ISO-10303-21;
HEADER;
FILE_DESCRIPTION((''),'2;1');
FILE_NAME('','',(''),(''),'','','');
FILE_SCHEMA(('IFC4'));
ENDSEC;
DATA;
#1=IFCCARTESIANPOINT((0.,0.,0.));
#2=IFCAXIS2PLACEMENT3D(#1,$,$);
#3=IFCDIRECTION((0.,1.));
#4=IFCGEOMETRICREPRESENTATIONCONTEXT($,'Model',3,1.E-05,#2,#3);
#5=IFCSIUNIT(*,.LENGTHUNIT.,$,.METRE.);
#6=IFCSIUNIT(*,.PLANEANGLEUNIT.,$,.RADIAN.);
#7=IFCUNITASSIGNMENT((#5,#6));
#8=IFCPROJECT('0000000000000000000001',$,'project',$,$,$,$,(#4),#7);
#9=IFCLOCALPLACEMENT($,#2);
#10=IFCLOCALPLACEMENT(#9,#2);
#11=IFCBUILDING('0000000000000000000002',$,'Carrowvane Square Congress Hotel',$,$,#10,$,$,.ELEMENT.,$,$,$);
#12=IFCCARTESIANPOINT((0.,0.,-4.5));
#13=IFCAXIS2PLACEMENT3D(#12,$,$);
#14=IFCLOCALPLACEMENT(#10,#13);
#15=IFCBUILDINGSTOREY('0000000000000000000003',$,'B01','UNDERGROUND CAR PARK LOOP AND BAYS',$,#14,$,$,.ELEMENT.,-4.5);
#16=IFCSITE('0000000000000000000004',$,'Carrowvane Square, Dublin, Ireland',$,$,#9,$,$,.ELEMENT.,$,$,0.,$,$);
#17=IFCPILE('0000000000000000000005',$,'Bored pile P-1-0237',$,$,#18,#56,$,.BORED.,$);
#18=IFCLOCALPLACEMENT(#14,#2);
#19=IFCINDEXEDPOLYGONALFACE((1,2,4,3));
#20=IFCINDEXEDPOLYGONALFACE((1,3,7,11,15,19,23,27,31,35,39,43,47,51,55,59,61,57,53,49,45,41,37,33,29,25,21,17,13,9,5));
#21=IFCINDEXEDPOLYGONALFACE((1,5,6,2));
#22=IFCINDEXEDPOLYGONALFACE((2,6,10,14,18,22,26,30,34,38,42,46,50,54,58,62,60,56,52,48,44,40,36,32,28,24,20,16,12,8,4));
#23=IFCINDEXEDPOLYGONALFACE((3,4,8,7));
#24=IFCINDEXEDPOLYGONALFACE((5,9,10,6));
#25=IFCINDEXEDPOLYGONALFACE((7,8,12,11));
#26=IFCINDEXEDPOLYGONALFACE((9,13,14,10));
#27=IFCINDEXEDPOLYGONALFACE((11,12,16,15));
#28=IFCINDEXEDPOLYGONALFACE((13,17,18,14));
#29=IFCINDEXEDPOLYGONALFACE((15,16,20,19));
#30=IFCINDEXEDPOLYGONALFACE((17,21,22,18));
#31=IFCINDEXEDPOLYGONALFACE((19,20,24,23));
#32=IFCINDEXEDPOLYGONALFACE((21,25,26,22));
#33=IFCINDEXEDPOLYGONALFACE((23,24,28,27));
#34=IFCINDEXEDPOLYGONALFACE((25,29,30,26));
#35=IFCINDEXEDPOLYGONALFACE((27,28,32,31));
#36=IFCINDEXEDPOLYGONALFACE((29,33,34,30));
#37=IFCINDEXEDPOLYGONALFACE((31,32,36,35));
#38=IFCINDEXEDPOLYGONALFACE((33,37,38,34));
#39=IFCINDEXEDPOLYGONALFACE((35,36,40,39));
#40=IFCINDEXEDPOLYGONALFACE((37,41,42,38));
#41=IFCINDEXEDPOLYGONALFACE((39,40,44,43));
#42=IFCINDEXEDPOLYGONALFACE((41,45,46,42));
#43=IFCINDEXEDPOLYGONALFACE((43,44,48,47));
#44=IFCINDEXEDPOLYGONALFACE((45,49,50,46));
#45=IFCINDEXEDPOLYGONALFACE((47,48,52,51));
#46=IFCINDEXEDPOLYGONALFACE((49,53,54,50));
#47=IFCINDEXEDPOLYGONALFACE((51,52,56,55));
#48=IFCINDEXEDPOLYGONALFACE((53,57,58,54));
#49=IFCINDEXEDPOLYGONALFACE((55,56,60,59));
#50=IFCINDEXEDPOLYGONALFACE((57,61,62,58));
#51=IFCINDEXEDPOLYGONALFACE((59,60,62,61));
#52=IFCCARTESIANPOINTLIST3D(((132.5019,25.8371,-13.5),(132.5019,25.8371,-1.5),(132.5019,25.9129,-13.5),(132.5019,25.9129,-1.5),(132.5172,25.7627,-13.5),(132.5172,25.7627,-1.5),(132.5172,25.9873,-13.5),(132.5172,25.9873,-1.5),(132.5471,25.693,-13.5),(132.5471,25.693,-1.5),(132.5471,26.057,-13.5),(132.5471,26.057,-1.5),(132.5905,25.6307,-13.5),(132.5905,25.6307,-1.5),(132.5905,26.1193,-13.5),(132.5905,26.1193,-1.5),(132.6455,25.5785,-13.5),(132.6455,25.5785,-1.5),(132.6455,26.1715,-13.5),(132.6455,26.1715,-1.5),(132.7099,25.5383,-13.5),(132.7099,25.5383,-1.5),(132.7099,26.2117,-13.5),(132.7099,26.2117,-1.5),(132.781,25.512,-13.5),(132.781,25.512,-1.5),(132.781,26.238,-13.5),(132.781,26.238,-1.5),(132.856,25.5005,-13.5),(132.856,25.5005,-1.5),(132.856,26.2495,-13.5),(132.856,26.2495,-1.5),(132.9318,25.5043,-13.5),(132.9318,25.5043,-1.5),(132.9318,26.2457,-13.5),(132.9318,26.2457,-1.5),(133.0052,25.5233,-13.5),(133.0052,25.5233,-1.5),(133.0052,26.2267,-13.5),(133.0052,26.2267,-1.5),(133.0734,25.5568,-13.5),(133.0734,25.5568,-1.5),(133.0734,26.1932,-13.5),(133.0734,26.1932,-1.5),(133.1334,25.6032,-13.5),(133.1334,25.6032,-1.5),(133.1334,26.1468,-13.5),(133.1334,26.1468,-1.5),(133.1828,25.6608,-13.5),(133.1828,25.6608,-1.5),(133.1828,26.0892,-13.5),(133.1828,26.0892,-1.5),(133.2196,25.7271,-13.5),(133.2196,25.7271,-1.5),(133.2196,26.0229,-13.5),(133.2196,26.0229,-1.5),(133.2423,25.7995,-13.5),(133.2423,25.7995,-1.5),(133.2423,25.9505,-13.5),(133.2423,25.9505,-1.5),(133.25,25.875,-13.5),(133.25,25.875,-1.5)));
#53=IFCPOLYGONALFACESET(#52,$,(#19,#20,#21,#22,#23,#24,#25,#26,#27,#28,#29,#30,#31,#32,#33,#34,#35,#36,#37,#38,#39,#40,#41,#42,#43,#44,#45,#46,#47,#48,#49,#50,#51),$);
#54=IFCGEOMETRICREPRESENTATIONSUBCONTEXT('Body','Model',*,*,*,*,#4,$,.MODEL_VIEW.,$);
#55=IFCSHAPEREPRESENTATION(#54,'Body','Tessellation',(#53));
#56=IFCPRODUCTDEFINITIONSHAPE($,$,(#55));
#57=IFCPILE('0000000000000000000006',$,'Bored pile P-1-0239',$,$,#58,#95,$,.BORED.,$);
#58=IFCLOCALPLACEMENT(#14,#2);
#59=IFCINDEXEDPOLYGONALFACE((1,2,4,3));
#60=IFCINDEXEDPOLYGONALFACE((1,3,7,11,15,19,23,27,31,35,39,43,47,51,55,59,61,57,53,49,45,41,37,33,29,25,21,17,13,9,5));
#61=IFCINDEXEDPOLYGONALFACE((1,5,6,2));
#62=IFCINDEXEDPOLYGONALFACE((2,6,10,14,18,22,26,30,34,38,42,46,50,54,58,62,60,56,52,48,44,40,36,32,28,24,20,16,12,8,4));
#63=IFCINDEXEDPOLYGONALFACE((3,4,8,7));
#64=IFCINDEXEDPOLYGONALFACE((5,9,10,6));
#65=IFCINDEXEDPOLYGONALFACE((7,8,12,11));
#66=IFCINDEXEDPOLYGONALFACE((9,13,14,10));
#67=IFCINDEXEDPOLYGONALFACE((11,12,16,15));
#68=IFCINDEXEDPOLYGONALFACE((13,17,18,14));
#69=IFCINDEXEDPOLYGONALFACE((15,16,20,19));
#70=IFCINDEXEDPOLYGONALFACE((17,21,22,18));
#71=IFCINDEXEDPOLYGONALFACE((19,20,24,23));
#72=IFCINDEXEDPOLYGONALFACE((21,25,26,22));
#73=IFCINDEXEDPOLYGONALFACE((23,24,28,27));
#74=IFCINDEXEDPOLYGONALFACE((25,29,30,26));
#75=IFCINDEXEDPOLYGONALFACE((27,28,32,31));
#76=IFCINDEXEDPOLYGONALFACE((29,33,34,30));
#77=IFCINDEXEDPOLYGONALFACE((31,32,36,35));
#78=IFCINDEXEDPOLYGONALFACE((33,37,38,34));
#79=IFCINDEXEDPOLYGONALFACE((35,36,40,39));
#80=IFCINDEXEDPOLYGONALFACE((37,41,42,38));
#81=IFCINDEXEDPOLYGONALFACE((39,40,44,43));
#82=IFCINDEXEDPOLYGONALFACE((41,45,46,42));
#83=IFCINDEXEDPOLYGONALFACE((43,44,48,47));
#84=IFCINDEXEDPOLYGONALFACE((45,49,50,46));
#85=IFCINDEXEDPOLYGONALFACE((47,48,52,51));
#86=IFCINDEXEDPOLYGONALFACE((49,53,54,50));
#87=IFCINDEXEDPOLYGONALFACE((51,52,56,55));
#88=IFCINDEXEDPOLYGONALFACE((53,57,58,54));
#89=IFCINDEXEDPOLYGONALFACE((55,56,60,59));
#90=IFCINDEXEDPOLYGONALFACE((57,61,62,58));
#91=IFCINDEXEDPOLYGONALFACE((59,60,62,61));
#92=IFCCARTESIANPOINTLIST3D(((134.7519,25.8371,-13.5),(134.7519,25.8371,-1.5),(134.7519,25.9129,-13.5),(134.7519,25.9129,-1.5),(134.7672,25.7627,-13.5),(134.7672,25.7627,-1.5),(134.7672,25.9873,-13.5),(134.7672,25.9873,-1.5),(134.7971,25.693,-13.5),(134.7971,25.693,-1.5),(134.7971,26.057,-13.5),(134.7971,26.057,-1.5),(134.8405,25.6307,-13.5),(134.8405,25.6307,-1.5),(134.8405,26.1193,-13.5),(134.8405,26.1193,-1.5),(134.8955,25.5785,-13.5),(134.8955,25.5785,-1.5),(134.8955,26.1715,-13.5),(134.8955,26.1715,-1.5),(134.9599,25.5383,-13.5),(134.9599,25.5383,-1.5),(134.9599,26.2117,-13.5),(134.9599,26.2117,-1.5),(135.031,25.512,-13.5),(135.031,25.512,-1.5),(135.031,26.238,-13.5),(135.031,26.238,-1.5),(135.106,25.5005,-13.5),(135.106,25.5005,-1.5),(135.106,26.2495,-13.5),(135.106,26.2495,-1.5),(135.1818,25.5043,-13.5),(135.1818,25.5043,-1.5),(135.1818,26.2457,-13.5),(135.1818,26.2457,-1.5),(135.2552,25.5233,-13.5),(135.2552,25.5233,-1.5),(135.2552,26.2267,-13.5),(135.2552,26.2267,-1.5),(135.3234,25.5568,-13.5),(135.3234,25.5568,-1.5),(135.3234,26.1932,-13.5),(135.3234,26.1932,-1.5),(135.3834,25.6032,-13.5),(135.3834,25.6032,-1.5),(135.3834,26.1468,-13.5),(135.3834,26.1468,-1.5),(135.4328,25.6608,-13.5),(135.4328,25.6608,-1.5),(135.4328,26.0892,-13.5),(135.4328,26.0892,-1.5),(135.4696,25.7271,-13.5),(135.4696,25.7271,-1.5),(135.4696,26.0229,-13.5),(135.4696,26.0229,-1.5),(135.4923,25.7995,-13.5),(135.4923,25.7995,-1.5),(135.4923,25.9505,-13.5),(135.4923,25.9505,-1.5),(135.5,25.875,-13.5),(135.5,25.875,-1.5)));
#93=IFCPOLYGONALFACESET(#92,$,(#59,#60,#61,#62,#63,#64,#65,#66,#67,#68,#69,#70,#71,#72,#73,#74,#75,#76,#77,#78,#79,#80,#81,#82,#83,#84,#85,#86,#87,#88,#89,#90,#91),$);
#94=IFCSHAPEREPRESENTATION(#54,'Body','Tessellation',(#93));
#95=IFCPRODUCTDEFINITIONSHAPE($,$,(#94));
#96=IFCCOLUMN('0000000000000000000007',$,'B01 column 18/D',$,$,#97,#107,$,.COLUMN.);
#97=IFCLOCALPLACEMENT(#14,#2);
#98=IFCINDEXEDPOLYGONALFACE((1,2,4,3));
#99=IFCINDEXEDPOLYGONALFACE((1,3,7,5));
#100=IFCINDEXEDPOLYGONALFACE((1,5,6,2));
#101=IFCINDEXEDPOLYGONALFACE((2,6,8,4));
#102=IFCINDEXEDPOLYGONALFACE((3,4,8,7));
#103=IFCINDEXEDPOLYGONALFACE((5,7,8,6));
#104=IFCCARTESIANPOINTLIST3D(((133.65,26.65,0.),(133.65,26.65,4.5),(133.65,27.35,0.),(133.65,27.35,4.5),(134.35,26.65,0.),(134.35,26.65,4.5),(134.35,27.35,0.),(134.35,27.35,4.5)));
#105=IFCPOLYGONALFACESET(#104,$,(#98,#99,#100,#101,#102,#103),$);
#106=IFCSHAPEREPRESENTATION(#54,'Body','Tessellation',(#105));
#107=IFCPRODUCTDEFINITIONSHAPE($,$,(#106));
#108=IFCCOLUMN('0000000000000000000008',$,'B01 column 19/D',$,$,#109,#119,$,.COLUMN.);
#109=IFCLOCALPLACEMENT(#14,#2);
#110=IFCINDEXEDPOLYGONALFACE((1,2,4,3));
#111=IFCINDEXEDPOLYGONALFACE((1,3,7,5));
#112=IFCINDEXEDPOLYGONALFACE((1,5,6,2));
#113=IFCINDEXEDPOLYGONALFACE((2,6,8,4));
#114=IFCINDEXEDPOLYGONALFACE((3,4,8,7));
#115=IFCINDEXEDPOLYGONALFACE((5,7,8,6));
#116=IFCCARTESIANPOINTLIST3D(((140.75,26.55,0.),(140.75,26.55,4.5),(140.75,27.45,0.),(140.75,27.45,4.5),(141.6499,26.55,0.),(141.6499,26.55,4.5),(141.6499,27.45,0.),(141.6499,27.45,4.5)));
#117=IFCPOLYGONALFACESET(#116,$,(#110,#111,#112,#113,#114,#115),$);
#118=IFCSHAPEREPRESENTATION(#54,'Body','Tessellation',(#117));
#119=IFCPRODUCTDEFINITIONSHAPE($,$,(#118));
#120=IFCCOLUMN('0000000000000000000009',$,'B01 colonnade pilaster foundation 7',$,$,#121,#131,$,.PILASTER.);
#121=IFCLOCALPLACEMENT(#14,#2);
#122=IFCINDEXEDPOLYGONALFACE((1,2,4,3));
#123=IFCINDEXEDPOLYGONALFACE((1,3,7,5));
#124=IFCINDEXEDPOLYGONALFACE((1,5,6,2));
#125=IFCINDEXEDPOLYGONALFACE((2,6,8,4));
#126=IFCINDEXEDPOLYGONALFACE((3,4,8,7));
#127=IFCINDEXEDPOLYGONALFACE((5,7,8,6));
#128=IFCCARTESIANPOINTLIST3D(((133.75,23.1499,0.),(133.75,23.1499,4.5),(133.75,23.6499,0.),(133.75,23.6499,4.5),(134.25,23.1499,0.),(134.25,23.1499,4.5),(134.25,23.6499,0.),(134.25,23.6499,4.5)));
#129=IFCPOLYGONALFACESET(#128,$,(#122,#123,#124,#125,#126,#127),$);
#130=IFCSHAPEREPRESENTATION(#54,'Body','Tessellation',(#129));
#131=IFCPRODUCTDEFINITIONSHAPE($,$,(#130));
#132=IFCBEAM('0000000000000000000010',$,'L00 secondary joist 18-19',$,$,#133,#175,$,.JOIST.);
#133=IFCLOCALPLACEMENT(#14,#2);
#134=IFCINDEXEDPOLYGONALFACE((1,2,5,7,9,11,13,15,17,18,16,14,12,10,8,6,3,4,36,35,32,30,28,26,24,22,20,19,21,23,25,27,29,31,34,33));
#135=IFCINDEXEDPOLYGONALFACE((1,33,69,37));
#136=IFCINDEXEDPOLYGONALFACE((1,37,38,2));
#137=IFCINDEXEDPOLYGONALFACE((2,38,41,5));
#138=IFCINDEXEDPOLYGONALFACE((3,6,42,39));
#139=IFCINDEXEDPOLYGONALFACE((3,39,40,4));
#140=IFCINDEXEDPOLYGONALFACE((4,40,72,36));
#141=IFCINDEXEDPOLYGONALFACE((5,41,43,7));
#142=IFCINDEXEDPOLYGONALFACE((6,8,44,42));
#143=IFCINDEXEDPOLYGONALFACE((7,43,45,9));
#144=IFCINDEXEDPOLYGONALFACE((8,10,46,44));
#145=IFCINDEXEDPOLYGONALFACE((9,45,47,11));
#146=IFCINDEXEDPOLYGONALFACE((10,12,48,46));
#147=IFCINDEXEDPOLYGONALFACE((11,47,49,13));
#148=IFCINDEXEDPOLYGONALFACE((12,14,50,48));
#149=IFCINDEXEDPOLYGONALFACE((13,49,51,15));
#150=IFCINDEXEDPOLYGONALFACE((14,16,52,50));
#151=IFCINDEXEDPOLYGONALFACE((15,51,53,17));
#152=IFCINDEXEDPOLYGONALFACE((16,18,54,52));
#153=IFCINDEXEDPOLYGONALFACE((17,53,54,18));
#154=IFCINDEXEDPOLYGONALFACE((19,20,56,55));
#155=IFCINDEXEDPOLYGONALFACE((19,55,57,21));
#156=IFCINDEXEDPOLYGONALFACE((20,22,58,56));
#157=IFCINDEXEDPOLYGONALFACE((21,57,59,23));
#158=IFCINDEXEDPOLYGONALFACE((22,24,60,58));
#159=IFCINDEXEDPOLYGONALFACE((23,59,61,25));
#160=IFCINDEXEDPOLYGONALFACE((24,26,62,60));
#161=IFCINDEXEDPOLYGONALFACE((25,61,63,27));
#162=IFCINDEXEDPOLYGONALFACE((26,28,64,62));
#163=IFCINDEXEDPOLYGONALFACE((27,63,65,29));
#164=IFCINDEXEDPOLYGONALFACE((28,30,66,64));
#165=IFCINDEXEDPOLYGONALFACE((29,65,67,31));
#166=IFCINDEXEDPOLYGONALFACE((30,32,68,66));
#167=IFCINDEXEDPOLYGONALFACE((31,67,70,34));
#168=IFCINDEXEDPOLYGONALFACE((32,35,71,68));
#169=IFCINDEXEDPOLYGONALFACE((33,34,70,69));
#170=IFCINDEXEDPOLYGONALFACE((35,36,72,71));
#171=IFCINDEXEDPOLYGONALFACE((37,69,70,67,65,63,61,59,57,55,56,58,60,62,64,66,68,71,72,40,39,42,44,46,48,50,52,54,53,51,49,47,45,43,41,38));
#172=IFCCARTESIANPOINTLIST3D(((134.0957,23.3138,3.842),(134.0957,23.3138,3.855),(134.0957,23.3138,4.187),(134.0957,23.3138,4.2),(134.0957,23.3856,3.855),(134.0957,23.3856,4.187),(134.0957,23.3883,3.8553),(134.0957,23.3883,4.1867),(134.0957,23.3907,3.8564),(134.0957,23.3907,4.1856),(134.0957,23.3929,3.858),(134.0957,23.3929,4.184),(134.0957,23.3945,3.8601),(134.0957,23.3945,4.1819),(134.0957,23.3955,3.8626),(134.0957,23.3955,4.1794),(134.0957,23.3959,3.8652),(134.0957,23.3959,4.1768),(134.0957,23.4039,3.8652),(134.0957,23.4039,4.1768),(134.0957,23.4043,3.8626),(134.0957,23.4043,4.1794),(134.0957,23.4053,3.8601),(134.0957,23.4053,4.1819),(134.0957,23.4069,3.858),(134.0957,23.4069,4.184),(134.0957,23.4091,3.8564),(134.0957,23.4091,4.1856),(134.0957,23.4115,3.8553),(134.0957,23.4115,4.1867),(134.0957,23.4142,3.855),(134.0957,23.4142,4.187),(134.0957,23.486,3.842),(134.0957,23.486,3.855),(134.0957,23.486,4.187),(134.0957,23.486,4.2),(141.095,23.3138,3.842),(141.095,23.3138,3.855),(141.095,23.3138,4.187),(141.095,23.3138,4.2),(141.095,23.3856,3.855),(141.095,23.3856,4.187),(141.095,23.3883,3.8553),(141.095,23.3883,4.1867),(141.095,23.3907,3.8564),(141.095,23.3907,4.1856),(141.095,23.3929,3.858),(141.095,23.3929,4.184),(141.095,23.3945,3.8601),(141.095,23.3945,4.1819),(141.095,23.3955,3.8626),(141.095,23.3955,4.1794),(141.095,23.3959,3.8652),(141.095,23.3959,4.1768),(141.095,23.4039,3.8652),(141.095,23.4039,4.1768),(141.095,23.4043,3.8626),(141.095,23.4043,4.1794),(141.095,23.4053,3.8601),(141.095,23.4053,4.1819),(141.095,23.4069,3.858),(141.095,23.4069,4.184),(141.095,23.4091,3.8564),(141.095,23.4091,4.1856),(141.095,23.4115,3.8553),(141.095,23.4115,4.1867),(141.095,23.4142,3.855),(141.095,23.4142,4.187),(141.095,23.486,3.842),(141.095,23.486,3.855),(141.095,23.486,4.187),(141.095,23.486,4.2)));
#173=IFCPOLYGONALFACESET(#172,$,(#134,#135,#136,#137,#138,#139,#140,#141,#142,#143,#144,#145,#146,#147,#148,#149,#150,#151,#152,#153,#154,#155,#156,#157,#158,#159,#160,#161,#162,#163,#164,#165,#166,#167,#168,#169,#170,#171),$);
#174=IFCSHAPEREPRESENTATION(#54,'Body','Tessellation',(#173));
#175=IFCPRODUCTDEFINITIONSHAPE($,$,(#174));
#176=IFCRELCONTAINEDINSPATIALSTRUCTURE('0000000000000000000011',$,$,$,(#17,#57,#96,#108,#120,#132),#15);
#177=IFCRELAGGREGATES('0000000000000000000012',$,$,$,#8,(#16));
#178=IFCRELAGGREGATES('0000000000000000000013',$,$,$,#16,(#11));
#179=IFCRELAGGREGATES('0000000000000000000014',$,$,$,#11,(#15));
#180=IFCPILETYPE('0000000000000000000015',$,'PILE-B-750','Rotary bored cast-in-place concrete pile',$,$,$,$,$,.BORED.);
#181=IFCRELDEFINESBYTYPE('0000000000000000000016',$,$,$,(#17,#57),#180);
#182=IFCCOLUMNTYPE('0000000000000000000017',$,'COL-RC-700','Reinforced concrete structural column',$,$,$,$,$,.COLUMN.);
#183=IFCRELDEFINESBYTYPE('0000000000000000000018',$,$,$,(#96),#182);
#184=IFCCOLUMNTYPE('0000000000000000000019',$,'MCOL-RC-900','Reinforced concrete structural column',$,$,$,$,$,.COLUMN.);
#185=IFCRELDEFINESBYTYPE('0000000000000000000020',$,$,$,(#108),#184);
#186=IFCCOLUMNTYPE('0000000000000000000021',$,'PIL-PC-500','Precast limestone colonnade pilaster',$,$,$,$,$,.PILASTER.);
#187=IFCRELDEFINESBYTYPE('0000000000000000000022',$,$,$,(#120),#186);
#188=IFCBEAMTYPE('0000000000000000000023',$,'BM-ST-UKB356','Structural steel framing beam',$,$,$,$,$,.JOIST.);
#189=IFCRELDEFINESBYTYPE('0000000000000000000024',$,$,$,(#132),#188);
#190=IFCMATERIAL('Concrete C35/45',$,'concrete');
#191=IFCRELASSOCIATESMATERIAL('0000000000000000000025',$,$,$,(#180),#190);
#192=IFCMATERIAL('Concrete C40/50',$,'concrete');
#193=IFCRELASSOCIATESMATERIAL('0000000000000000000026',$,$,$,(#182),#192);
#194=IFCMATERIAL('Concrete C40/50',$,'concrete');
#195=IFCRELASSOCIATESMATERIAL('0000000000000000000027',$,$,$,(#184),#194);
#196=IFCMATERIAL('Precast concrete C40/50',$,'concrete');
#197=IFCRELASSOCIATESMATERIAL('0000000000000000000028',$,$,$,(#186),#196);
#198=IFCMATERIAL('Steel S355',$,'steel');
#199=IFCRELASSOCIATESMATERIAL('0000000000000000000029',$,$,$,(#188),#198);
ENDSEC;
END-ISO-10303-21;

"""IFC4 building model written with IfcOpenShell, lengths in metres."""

from ifc_helpers import new_model, si_unit, direction, frame, origin, origin_2d, place, context, subcontext, project, spatial, rectangle, circle, i_section, extrude, material, material_profile, profile_set, type_object, element, save


model = new_model("IFC4")

# Units and contexts
model_context = context("Model", 3, precision=1e-05, world=origin(), true_north=direction((0.0, 1.0)))
body_context = subcontext(model_context, "Body", "Model", "MODEL_VIEW")
ifc_project = project(units=[si_unit("LENGTHUNIT", "METRE"), si_unit("PLANEANGLEUNIT", "RADIAN")], contexts=[model_context])

# Site, building, storey
site_placement = place(None, origin())
site = spatial("IfcSite", under=ifc_project, at=site_placement, Name="Carrowvane Square, Dublin, Ireland", CompositionType="ELEMENT", RefElevation=0.0)
building_placement = place(site_placement, origin())
building = spatial("IfcBuilding", under=site, at=building_placement, Name="Carrowvane Square Congress Hotel", CompositionType="ELEMENT")
storey_placement = place(building_placement, frame((0.0, 0.0, -4.5)))
storey = spatial("IfcBuildingStorey", under=building, at=storey_placement, Name="B01", Description="UNDERGROUND CAR PARK LOOP AND BAYS", CompositionType="ELEMENT", Elevation=-4.5)

# Piles
ifc_material_1 = material(Name="Concrete C35/45", Category="concrete")
ifc_material_profile_1 = material_profile(ifc_material_1, circle(Radius=0.375, at=origin_2d()), Name="PILE D750")
ifc_profile_set_1 = profile_set([ifc_material_profile_1], Name="Concrete C35/45")
pile_type_1 = type_object("IfcPileType", Name="PILE-B-750", Description="Rotary bored cast-in-place concrete pile", PredefinedType="BORED", material=ifc_profile_set_1)
for number, where, z_axis, x_axis, name in (
    (1, (132.875, 25.875, -1.5), (0.0, 0.0, -1.0), (1.0, 0.0, 0.0), "Bored pile P-1-0237"),
    (2, (135.125, 25.875, -1.5), (0.0, 0.0, -1.0), (1.0, 0.0, 0.0), "Bored pile P-1-0239"),
):
    element("IfcPile", number, at=place(storey_placement, frame(where, z_axis=z_axis, x_axis=x_axis)), inside=storey, type_object=pile_type_1, Name=name, PredefinedType="BORED", context=body_context, shape_type="SweptSolid", body=[
        extrude(circle(Radius=0.375, at=origin_2d()), origin(), (0.0, 0.0, 1.0), 12.0),
    ])

# Columns
ifc_material_2 = material(Name="Concrete C40/50", Category="concrete")
ifc_material_profile_2 = material_profile(ifc_material_2, rectangle(XDim=0.7, YDim=0.7, at=origin_2d()), Name="RC 700x700")
ifc_profile_set_2 = profile_set([ifc_material_profile_2], Name="Concrete C40/50")
column_type_1 = type_object("IfcColumnType", Name="COL-RC-700", Description="Reinforced concrete structural column", PredefinedType="COLUMN", material=ifc_profile_set_2)
column_1_placement = place(storey_placement, frame((134.0, 27.0, 0.0), z_axis=(0.0, 0.0, 1.0), x_axis=(1.0, 0.0, 0.0)))
element("IfcColumn", 3, at=column_1_placement, inside=storey, type_object=column_type_1, Name="B01 column 18/D", PredefinedType="COLUMN", context=body_context, shape_type="SweptSolid", body=[
    extrude(rectangle(XDim=0.7, YDim=0.7, at=origin_2d()), origin(), (0.0, 0.0, 1.0), 4.5),
])
ifc_material_3 = material(Name="Concrete C40/50", Category="concrete")
ifc_material_profile_3 = material_profile(ifc_material_3, rectangle(XDim=0.8999, YDim=0.8999, at=origin_2d()), Name="RC 900x900")
ifc_profile_set_3 = profile_set([ifc_material_profile_3], Name="Concrete C40/50")
column_type_2 = type_object("IfcColumnType", Name="MCOL-RC-900", Description="Reinforced concrete structural column", PredefinedType="COLUMN", material=ifc_profile_set_3)
column_2_placement = place(storey_placement, frame((141.2, 27.0, 0.0), z_axis=(0.0, 0.0, 1.0), x_axis=(1.0, 0.0, 0.0)))
element("IfcColumn", 4, at=column_2_placement, inside=storey, type_object=column_type_2, Name="B01 column 19/D", PredefinedType="COLUMN", context=body_context, shape_type="SweptSolid", body=[
    extrude(rectangle(XDim=0.8999, YDim=0.8999, at=origin_2d()), origin(), (0.0, 0.0, 1.0), 4.5),
])
ifc_material_4 = material(Name="Precast concrete C40/50", Category="concrete")
ifc_material_profile_4 = material_profile(ifc_material_4, rectangle(XDim=0.5, YDim=0.5, at=origin_2d()), Name="RC 500x500")
ifc_profile_set_4 = profile_set([ifc_material_profile_4], Name="Precast concrete C40/50")
column_type_3 = type_object("IfcColumnType", Name="PIL-PC-500", Description="Precast limestone colonnade pilaster", PredefinedType="PILASTER", material=ifc_profile_set_4)
column_3_placement = place(storey_placement, frame((134.0, 23.3999, 0.0), z_axis=(0.0, 0.0, 1.0), x_axis=(1.0, 0.0, 0.0)))
element("IfcColumn", 5, at=column_3_placement, inside=storey, type_object=column_type_3, Name="B01 colonnade pilaster foundation 7", PredefinedType="PILASTER", context=body_context, shape_type="SweptSolid", body=[
    extrude(rectangle(XDim=0.5, YDim=0.5, at=origin_2d()), origin(), (0.0, 0.0, 1.0), 4.5),
])

# Beam
ifc_material_5 = material(Name="Steel S355", Category="steel")
ifc_material_profile_5 = material_profile(ifc_material_5, i_section(OverallWidth=0.1721, OverallDepth=0.3579, WebThickness=0.0081, FlangeThickness=0.0129, FilletRadius=0.0103, at=origin_2d()), Name="UKB 356x171x57")
ifc_profile_set_5 = profile_set([ifc_material_profile_5], Name="Steel S355")
beam_type_1 = type_object("IfcBeamType", Name="BM-ST-UKB356", Description="Structural steel framing beam", PredefinedType="JOIST", material=ifc_profile_set_5)
beam_1_placement = place(storey_placement, frame((134.0957, 23.3999, 4.021), z_axis=(1.0, 0.0, 0.0), x_axis=(0.0, 1.0, 0.0)))
element("IfcBeam", 6, at=beam_1_placement, inside=storey, type_object=beam_type_1, Name="L00 secondary joist 18-19", PredefinedType="JOIST", context=body_context, shape_type="SweptSolid", body=[
    extrude(i_section(OverallWidth=0.1721, OverallDepth=0.3579, WebThickness=0.0081, FlangeThickness=0.0129, FilletRadius=0.0103, at=origin_2d()), origin(), (0.0, 0.0, 1.0), 6.9993),
])

save(model, "model.ifc")
